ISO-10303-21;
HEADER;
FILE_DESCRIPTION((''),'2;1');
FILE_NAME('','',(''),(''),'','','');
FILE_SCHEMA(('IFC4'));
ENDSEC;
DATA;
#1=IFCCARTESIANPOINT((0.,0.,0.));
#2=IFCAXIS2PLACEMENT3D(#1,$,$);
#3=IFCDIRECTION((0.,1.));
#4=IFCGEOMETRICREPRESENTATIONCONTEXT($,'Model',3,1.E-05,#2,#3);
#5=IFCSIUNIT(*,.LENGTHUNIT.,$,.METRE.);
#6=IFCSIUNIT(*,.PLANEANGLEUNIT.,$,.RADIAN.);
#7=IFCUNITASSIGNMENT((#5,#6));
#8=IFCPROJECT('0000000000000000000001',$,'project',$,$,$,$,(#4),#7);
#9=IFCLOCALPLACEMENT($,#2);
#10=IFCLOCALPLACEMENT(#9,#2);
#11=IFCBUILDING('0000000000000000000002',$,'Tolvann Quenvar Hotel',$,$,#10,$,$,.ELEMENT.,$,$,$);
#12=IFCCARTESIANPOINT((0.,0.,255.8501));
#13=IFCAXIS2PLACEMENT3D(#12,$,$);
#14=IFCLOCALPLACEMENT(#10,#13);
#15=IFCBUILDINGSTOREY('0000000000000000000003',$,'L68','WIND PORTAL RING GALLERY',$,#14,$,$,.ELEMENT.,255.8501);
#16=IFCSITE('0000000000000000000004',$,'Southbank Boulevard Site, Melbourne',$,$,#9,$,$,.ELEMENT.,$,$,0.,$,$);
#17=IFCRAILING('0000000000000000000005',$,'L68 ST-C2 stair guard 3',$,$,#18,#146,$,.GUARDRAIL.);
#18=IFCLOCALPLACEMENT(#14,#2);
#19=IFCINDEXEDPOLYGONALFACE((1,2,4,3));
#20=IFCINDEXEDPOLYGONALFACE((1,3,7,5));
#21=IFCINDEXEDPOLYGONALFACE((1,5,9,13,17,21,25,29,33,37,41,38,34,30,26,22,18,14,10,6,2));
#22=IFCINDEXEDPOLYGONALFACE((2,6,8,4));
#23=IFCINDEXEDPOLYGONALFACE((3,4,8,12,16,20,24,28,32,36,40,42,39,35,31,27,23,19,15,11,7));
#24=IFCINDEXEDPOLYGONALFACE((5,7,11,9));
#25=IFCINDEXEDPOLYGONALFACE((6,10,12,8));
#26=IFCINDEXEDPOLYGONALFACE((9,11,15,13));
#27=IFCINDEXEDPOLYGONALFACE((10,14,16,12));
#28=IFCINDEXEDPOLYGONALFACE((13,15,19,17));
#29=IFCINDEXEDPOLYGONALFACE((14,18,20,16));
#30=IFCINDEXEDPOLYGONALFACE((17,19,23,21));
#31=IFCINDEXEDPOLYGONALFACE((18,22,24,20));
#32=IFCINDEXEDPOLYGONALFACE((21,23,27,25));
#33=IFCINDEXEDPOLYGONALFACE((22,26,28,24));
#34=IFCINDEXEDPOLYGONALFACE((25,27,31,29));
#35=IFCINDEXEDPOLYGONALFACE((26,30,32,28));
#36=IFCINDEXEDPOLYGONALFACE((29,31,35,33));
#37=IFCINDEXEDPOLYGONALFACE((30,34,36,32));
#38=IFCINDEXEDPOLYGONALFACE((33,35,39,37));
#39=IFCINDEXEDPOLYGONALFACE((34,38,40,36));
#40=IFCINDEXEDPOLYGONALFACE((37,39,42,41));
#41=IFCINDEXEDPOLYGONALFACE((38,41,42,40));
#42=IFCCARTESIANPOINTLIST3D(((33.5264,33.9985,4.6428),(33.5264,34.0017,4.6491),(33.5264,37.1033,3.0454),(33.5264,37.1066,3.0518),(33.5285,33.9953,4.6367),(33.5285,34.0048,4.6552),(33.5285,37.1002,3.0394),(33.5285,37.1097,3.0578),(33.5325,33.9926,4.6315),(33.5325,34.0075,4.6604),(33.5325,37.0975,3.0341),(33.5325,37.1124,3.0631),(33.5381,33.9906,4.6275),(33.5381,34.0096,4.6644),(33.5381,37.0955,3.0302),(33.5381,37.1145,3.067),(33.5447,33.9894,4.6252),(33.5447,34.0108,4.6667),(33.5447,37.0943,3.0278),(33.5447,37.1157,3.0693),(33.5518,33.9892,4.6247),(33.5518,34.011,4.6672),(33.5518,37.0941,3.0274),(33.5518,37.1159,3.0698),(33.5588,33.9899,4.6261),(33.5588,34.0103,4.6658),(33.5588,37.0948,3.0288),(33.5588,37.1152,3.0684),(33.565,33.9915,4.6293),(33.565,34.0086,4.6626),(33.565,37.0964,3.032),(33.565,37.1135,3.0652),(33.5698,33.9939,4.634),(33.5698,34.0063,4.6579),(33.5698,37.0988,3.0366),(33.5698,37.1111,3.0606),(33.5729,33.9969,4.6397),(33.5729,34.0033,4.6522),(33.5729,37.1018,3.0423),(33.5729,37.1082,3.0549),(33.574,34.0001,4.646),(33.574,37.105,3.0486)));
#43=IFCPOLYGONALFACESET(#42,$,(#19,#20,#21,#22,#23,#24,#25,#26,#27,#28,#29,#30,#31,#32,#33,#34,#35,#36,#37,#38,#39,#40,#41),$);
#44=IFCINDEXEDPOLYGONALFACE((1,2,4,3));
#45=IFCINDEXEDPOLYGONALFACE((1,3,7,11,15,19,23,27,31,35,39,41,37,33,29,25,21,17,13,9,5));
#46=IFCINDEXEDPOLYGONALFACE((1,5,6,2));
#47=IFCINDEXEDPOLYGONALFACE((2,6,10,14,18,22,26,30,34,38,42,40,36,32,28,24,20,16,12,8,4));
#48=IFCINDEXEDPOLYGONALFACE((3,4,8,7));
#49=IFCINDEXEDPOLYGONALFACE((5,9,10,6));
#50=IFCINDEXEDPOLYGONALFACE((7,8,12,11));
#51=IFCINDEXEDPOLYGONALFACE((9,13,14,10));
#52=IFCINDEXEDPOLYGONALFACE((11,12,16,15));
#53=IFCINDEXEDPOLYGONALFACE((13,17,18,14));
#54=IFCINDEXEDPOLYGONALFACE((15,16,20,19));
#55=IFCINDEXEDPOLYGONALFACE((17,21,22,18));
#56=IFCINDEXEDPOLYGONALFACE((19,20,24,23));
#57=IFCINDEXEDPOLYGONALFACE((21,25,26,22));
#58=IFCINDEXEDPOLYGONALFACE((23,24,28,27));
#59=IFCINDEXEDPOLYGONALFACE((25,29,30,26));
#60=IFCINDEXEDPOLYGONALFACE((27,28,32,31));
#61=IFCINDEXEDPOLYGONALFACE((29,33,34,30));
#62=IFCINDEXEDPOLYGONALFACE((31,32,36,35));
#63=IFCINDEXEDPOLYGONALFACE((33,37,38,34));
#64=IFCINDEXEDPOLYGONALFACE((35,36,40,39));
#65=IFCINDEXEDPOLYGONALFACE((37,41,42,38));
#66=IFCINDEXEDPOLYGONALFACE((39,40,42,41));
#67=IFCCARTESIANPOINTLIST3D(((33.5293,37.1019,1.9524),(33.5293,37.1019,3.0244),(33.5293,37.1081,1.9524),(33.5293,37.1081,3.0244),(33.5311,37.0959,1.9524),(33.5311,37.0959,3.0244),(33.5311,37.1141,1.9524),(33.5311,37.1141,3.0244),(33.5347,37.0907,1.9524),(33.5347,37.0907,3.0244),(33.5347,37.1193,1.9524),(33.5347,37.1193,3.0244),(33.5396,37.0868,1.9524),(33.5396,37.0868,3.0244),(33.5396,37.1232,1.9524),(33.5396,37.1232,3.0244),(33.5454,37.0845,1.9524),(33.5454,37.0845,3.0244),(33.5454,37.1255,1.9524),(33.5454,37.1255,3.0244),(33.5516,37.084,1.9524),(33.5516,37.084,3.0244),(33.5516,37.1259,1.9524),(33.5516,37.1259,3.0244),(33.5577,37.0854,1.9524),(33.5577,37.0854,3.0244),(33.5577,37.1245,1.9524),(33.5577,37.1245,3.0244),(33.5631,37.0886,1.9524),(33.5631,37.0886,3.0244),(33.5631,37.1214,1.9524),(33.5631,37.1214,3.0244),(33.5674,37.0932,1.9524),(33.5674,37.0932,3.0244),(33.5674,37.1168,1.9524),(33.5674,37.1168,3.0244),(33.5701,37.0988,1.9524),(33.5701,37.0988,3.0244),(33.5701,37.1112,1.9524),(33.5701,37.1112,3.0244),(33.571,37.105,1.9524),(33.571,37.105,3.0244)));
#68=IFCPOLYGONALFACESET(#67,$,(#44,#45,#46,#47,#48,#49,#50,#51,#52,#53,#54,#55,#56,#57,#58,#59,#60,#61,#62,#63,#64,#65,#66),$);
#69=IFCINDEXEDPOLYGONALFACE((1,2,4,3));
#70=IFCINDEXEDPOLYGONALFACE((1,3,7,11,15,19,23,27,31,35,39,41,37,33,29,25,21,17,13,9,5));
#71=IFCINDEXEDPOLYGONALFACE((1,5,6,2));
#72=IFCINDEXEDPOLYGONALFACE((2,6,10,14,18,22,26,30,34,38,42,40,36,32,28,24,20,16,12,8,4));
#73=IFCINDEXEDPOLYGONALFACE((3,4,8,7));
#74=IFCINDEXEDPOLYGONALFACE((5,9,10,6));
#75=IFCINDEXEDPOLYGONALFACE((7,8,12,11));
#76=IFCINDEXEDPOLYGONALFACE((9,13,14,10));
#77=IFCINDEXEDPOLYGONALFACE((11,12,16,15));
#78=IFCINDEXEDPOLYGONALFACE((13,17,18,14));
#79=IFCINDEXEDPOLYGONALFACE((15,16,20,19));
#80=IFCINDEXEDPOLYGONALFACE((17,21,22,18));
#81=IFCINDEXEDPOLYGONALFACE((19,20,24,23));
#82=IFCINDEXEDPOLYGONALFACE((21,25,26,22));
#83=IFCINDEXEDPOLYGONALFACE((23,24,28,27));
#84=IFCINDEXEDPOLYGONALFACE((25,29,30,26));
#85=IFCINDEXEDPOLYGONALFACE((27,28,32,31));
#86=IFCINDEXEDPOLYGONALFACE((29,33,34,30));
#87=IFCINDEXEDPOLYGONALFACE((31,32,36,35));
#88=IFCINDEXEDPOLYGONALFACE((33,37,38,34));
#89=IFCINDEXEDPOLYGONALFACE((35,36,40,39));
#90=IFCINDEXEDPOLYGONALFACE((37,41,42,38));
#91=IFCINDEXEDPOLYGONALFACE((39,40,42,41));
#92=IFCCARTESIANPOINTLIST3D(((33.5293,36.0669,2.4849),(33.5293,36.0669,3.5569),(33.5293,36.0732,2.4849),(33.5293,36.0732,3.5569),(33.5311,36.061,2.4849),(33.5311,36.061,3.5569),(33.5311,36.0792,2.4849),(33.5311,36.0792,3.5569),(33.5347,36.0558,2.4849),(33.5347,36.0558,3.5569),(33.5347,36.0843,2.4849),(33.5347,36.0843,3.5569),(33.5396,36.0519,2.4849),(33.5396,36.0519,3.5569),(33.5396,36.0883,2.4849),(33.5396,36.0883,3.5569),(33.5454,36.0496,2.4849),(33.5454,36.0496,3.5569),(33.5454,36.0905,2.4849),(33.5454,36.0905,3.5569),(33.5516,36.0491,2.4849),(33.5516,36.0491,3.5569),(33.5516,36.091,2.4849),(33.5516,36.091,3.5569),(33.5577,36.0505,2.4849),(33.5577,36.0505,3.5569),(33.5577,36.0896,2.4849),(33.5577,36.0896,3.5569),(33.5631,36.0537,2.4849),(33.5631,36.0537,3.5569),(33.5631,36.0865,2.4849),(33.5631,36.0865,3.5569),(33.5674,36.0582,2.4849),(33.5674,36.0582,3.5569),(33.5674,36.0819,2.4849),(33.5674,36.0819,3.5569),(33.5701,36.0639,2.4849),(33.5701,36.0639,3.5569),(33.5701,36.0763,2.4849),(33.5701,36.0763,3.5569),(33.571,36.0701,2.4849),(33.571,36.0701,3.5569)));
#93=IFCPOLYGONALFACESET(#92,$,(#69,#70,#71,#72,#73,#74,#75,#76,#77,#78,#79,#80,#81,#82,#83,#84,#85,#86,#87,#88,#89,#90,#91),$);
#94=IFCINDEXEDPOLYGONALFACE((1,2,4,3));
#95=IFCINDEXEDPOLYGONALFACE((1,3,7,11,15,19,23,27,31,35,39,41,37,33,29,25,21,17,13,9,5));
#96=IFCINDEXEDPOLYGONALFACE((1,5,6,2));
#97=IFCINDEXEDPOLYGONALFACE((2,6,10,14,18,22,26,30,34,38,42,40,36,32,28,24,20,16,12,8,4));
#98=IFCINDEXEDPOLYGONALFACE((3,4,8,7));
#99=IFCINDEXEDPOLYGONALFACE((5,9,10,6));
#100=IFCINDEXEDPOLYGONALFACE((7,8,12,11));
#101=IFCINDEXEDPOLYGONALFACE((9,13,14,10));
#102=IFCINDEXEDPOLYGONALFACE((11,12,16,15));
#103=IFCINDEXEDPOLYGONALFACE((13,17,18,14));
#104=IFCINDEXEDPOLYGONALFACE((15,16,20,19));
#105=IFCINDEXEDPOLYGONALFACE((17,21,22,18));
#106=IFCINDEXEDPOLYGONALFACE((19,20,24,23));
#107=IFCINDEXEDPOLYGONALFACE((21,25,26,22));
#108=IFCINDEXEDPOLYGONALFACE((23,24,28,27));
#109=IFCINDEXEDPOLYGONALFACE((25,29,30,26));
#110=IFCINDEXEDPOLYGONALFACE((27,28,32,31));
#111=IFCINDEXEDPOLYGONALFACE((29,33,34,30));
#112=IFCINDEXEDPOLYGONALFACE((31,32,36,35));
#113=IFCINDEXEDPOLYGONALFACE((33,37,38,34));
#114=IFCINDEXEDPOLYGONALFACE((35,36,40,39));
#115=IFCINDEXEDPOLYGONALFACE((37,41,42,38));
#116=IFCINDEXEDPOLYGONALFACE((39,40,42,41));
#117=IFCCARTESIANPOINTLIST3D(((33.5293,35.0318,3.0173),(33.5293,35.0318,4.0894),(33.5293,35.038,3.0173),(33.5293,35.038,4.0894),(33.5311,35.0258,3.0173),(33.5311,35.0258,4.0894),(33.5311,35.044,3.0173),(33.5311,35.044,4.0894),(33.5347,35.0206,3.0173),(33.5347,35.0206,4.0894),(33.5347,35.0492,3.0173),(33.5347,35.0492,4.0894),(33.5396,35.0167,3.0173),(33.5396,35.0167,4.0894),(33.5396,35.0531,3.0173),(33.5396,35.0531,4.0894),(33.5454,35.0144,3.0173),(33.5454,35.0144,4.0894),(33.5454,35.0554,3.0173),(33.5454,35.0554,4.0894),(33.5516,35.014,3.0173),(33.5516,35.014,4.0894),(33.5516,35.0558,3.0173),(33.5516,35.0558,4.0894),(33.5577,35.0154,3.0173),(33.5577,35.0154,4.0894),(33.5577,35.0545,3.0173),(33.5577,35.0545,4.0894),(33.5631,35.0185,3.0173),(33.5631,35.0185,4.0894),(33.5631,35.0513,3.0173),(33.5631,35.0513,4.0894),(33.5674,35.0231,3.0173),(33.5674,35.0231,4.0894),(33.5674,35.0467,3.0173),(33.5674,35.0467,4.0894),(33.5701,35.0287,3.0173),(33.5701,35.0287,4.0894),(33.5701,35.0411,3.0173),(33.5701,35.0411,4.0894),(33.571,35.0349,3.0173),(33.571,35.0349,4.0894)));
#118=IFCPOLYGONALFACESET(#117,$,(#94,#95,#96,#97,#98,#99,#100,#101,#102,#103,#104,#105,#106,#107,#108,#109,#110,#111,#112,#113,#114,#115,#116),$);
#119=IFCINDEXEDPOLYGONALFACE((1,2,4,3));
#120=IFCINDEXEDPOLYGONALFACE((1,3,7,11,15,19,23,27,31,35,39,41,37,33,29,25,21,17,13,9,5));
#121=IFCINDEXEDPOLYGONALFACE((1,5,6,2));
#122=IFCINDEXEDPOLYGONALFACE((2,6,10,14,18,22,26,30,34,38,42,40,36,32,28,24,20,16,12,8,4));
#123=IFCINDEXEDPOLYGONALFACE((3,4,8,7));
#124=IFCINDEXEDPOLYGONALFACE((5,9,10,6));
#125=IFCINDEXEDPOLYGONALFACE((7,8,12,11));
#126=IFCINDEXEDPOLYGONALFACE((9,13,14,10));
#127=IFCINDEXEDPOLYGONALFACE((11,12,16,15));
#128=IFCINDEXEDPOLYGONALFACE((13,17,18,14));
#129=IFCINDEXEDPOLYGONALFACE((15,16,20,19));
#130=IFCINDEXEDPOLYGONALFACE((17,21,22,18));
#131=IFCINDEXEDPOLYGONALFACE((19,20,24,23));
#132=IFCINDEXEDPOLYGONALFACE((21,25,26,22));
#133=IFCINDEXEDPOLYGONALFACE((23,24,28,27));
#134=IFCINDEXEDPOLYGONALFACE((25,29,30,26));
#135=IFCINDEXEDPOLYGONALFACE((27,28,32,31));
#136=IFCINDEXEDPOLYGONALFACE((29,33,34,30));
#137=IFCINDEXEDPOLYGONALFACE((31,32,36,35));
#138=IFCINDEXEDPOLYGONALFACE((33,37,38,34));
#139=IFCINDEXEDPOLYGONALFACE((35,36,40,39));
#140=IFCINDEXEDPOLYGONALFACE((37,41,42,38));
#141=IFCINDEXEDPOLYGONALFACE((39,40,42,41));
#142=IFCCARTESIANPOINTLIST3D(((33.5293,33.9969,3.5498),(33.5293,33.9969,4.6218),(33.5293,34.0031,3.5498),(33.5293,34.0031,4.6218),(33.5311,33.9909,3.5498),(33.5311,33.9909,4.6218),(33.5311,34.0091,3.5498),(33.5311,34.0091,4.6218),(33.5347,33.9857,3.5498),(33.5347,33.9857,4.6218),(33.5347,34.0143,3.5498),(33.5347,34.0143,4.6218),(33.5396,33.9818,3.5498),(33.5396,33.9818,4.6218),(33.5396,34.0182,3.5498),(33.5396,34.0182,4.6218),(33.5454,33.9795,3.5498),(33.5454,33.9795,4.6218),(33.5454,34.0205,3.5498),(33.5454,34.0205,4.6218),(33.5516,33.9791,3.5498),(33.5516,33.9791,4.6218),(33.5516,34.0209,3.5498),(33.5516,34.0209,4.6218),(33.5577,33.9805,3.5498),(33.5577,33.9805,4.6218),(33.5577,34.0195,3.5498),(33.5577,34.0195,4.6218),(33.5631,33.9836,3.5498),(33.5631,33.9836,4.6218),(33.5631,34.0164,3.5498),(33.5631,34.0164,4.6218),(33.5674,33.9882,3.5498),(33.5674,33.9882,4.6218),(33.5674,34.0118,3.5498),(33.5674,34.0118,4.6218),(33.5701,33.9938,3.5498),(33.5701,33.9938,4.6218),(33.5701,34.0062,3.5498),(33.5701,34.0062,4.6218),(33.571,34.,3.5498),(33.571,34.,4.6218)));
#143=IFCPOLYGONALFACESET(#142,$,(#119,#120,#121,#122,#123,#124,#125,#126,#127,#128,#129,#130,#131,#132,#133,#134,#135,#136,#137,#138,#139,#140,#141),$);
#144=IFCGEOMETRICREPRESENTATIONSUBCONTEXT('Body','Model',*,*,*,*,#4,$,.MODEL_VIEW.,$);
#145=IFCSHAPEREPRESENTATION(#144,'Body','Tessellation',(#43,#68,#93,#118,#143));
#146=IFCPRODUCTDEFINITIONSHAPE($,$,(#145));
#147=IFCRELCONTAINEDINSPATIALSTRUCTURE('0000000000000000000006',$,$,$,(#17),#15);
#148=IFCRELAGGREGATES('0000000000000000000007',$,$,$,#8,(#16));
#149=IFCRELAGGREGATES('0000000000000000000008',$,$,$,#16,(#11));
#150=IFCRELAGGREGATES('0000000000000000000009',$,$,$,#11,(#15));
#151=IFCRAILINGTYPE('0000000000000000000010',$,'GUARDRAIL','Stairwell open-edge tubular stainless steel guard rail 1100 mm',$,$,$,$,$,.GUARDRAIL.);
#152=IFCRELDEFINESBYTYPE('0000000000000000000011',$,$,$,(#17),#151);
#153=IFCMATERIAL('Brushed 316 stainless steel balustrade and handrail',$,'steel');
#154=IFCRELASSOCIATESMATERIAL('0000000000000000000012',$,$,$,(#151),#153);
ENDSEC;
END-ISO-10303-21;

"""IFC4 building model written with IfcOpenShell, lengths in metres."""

from ifc_helpers import new_model, si_unit, direction, frame, origin, origin_2d, place, context, subcontext, project, spatial, circle, extrude, material, type_object, element, save


model = new_model("IFC4")

# Units and contexts
model_context = context("Model", 3, precision=1e-05, world=origin(), true_north=direction((0.0, 1.0)))
body_context = subcontext(model_context, "Body", "Model", "MODEL_VIEW")
ifc_project = project(units=[si_unit("LENGTHUNIT", "METRE"), si_unit("PLANEANGLEUNIT", "RADIAN")], contexts=[model_context])

# Site, building, storey
site_placement = place(None, origin())
site = spatial("IfcSite", under=ifc_project, at=site_placement, Name="Southbank Boulevard Site, Melbourne", CompositionType="ELEMENT", RefElevation=0.0)
building_placement = place(site_placement, origin())
building = spatial("IfcBuilding", under=site, at=building_placement, Name="Tolvann Quenvar Hotel", CompositionType="ELEMENT")
storey_placement = place(building_placement, frame((0.0, 0.0, 255.8501)))
storey = spatial("IfcBuildingStorey", under=building, at=storey_placement, Name="L68", Description="WIND PORTAL RING GALLERY", CompositionType="ELEMENT", Elevation=255.8501)

# Railing
ifc_material_1 = material(Name="Brushed 316 stainless steel balustrade and handrail", Category="steel")
railing_type_1 = type_object("IfcRailingType", Name="GUARDRAIL", Description="Stairwell open-edge tubular stainless steel guard rail 1100 mm", PredefinedType="GUARDRAIL", material=ifc_material_1)
railing_1_placement = place(storey_placement, frame((33.55, 37.105, 1.9524)))
element("IfcRailing", 1, at=railing_1_placement, inside=storey, type_object=railing_type_1, Name="L68 ST-C2 stair guard 3", PredefinedType="GUARDRAIL", context=body_context, shape_type="SweptSolid", body=[
    extrude(circle(Radius=0.0239, at=origin_2d()), frame((0.0, 0.0, 1.0962), z_axis=(0.0, -0.889222, 0.457476), x_axis=(1.0, 0.0, 0.0)), (0.0, 0.0, 1.0), 3.4917),
    extrude(circle(Radius=0.021, at=origin_2d()), origin(), (0.0, 0.0, 1.0), 1.072),
    extrude(circle(Radius=0.021, at=origin_2d()), frame((0.0, -1.0349, 0.5325)), (0.0, 0.0, 1.0), 1.072),
    extrude(circle(Radius=0.021, at=origin_2d()), frame((0.0, -2.0701, 1.0649)), (0.0, 0.0, 1.0), 1.072),
    extrude(circle(Radius=0.021, at=origin_2d()), frame((0.0, -3.105, 1.5974)), (0.0, 0.0, 1.0), 1.072),
])

save(model, "model.ifc")
